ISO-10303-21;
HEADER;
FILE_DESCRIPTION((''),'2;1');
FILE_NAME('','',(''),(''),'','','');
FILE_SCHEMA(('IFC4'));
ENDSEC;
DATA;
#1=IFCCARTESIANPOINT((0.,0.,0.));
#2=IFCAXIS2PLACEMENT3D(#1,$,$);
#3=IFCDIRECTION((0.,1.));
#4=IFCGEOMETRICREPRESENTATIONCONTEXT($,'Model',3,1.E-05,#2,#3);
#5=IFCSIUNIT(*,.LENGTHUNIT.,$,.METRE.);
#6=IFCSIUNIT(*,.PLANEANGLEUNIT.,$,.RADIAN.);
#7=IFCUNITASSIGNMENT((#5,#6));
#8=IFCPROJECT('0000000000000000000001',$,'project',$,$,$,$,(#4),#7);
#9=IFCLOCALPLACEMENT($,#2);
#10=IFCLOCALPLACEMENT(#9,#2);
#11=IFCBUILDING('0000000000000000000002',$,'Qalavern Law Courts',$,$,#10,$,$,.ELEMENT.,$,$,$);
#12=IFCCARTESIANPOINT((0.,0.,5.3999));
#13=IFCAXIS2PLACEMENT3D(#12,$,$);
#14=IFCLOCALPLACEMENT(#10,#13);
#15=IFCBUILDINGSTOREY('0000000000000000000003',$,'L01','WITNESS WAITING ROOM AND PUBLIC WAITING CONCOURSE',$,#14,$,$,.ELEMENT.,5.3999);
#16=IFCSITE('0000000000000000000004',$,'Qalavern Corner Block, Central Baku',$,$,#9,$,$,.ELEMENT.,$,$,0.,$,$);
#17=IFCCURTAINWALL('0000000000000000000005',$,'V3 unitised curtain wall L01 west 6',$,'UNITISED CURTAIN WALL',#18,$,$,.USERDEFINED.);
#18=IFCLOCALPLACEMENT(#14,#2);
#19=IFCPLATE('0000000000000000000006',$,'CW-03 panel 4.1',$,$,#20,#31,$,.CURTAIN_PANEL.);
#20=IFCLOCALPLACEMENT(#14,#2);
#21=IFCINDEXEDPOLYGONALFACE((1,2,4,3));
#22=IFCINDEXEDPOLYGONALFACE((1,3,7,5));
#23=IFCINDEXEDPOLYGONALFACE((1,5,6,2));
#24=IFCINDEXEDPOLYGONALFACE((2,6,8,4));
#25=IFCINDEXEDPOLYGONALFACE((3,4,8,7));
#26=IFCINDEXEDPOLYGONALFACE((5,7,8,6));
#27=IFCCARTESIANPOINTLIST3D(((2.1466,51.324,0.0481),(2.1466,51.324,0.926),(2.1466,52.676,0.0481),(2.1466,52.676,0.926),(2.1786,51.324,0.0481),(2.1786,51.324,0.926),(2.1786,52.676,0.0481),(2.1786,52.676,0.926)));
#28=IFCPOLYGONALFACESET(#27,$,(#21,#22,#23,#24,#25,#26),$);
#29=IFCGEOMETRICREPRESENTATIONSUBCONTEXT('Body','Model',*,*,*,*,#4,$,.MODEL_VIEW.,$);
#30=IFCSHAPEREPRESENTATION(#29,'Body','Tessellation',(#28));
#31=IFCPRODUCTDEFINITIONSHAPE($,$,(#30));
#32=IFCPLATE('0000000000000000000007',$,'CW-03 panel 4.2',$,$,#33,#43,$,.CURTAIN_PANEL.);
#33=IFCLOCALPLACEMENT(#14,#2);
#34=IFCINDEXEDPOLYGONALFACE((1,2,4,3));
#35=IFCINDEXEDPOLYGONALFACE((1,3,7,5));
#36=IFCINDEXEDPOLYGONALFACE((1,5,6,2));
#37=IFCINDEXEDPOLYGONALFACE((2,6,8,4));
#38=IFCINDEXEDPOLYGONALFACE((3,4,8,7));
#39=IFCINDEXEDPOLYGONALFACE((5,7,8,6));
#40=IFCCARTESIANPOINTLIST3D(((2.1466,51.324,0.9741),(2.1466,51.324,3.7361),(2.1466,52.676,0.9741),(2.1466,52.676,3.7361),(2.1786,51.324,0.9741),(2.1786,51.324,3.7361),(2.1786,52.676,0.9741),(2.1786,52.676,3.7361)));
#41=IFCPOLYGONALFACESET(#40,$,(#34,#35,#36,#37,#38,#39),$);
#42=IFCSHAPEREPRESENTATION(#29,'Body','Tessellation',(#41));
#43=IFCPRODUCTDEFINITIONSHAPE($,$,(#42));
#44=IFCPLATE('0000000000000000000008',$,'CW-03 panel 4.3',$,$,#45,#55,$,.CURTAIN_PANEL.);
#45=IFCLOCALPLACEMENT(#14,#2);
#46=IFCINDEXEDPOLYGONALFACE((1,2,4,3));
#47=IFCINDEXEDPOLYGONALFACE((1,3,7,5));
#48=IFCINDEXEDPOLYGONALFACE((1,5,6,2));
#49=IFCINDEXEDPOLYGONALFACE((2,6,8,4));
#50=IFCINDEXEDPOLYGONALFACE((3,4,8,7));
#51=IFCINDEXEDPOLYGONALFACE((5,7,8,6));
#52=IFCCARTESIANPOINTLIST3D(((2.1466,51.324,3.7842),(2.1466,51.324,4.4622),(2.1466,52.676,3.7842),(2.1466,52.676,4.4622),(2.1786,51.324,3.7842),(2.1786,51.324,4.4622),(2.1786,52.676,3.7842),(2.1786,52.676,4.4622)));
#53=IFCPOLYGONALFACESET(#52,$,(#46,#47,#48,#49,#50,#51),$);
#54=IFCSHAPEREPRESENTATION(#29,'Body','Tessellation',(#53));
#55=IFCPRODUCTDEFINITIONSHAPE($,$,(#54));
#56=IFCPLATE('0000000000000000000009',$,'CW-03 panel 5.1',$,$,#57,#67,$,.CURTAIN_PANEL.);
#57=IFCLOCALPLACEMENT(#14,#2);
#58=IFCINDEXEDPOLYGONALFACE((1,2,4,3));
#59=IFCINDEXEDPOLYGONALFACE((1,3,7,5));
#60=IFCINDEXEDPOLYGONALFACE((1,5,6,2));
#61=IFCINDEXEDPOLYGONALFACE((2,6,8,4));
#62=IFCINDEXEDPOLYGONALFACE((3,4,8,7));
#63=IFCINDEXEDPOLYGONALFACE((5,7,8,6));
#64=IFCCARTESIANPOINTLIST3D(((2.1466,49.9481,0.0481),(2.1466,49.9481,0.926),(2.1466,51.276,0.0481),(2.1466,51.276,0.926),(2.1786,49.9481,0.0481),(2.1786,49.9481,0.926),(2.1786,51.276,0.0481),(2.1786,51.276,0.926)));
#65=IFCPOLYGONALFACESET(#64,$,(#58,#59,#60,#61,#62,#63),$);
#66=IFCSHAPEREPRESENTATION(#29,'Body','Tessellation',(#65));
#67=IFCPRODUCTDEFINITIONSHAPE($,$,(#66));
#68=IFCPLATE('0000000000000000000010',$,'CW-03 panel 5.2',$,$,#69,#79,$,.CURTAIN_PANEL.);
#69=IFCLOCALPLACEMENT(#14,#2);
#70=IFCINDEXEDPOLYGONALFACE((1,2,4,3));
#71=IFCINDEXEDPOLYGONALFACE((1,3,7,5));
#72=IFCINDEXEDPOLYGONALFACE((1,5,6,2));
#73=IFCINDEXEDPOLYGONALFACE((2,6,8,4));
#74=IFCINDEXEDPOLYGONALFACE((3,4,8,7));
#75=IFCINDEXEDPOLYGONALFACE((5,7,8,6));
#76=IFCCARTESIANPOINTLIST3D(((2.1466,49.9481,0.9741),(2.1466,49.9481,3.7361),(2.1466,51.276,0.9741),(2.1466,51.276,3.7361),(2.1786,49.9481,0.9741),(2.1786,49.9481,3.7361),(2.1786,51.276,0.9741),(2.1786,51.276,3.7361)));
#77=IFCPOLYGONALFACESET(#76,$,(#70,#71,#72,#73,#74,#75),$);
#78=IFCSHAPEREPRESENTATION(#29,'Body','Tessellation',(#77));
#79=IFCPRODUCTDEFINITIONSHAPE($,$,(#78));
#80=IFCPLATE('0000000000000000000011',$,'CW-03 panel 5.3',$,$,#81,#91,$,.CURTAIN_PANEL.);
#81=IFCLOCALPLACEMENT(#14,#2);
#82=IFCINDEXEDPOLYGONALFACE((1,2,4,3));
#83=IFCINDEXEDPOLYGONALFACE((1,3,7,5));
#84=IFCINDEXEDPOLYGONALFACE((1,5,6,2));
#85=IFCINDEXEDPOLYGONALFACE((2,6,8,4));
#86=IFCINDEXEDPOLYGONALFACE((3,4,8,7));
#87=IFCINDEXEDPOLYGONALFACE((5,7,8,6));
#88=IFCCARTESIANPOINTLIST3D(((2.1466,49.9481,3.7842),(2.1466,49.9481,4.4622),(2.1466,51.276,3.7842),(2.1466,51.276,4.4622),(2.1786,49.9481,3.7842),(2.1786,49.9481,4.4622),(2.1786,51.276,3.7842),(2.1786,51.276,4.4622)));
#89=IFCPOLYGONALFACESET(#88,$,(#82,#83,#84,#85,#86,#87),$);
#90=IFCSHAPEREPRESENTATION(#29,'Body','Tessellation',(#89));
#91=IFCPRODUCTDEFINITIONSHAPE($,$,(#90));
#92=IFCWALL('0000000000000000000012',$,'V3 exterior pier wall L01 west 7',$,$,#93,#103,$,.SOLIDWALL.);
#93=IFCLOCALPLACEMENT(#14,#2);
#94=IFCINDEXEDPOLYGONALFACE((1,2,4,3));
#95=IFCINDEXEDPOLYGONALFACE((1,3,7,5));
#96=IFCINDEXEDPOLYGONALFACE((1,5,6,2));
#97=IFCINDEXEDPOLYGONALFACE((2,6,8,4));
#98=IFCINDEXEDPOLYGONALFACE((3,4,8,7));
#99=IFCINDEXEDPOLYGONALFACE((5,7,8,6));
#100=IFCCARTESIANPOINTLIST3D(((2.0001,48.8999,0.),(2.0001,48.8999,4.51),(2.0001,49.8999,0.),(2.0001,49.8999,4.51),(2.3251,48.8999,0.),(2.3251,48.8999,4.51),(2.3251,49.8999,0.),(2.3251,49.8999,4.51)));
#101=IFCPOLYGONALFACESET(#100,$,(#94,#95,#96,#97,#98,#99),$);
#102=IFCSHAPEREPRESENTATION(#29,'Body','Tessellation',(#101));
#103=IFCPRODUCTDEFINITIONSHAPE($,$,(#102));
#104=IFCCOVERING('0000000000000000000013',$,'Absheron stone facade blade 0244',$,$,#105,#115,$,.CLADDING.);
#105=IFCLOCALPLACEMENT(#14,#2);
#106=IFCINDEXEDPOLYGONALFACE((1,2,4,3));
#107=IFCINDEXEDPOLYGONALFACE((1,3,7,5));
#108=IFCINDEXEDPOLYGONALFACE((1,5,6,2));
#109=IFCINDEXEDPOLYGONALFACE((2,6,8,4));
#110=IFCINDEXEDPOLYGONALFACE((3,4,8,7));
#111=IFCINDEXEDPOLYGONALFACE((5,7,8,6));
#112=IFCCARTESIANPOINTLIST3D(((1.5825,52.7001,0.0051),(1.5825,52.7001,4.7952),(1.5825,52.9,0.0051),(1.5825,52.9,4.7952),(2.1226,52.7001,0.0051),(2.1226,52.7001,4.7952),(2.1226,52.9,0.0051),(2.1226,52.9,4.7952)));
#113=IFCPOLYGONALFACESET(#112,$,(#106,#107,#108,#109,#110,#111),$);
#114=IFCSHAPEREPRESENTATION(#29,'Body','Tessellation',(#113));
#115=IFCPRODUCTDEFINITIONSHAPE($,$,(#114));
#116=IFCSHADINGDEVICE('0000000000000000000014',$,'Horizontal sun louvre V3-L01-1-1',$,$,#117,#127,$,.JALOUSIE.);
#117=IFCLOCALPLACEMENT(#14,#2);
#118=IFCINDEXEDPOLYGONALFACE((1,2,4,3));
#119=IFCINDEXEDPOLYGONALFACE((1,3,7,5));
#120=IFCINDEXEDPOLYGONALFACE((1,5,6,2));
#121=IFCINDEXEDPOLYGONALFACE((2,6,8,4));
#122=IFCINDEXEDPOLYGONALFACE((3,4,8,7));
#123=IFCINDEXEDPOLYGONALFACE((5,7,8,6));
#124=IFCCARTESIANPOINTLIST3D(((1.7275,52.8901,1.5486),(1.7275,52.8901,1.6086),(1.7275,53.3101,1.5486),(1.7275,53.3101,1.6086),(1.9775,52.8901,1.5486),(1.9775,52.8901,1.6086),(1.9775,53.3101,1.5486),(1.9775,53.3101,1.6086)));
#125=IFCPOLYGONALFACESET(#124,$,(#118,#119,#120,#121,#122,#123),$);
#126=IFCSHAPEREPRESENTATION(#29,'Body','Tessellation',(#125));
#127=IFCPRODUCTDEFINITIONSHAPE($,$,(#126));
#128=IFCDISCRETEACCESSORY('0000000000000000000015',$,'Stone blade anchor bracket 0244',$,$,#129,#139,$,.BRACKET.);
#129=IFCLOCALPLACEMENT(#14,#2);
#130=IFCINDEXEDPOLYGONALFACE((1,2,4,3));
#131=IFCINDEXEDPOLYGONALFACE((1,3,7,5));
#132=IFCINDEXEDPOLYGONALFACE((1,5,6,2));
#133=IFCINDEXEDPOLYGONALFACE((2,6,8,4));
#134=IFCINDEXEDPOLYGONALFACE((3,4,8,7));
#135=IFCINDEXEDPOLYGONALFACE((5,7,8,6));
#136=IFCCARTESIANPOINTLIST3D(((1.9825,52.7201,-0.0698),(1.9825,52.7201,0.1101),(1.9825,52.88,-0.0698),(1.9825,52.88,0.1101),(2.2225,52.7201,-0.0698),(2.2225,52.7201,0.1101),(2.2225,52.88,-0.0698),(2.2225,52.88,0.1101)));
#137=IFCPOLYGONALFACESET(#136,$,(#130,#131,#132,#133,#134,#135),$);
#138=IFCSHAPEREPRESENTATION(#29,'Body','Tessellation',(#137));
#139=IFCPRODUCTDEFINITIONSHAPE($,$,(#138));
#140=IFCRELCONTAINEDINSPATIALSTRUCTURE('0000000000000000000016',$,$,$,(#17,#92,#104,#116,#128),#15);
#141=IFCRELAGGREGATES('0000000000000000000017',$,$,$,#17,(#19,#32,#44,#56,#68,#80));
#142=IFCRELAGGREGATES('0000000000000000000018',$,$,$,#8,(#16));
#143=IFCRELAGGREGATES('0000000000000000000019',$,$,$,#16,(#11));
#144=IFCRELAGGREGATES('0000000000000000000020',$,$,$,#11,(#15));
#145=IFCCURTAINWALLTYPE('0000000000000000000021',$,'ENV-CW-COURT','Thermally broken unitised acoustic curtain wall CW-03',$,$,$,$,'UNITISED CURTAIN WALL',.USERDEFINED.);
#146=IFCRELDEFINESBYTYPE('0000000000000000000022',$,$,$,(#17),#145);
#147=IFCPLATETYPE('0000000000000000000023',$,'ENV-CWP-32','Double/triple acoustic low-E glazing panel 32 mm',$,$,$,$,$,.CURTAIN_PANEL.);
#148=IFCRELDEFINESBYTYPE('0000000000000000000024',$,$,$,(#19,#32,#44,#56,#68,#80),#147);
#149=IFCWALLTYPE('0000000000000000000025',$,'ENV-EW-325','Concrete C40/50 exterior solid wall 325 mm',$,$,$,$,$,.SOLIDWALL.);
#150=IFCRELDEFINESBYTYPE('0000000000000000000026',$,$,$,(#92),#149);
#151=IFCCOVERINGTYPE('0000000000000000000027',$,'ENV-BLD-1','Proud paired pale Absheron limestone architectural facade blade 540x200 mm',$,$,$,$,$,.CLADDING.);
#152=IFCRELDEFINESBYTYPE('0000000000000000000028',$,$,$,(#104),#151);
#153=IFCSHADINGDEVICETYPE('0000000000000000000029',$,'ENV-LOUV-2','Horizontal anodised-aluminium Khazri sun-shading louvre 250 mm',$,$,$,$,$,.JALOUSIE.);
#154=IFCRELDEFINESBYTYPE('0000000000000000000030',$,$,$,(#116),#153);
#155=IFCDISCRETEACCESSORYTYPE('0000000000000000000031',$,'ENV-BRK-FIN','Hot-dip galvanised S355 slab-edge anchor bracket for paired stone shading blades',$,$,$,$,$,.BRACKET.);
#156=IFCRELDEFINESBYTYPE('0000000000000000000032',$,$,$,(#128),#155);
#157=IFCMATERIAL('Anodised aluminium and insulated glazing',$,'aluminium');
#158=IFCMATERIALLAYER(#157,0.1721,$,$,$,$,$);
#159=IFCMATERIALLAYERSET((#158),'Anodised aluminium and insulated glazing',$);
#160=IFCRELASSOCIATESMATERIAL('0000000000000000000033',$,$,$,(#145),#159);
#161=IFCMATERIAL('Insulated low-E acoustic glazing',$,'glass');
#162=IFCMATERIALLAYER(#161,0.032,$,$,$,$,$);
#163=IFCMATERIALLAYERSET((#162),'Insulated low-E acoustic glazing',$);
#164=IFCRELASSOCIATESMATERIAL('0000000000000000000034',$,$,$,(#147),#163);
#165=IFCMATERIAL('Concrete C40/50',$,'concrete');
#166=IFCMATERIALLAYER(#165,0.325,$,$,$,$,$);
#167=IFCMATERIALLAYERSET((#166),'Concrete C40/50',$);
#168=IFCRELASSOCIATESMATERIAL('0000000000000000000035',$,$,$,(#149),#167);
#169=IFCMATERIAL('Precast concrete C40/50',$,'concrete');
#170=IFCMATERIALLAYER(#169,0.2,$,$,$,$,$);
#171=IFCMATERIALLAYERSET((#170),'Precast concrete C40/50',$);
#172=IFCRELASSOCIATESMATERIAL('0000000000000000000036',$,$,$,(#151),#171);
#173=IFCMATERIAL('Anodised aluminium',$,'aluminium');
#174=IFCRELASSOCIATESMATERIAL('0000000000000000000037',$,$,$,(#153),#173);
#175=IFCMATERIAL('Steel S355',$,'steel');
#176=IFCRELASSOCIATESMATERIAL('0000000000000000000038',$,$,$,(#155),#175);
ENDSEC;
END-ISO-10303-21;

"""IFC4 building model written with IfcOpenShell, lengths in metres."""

from ifc_helpers import new_model, si_unit, direction, frame, frame_2d, origin, origin_2d, place, context, subcontext, project, spatial, rectangle, extrude, material, layer, layer_set, type_object, element, aggregate, save


model = new_model("IFC4")

# Units and contexts
model_context = context("Model", 3, precision=1e-05, world=origin(), true_north=direction((0.0, 1.0)))
body_context = subcontext(model_context, "Body", "Model", "MODEL_VIEW")
ifc_project = project(units=[si_unit("LENGTHUNIT", "METRE"), si_unit("PLANEANGLEUNIT", "RADIAN")], contexts=[model_context])

# Site, building, storey
site_placement = place(None, origin())
site = spatial("IfcSite", under=ifc_project, at=site_placement, Name="Qalavern Corner Block, Central Baku", CompositionType="ELEMENT", RefElevation=0.0)
building_placement = place(site_placement, origin())
building = spatial("IfcBuilding", under=site, at=building_placement, Name="Qalavern Law Courts", CompositionType="ELEMENT")
storey_placement = place(building_placement, frame((0.0, 0.0, 5.3999)))
storey = spatial("IfcBuildingStorey", under=building, at=storey_placement, Name="L01", Description="WITNESS WAITING ROOM AND PUBLIC WAITING CONCOURSE", CompositionType="ELEMENT", Elevation=5.3999)

# Curtain wall, plates
ifc_material_1 = material(Name="Anodised aluminium and insulated glazing", Category="aluminium")
ifc_layer_1 = layer(ifc_material_1, 0.1721)
ifc_layer_set_1 = layer_set([ifc_layer_1], Name="Anodised aluminium and insulated glazing")
curtain_wall_type = type_object("IfcCurtainWallType", Name="ENV-CW-COURT", Description="Thermally broken unitised acoustic curtain wall CW-03", ElementType="UNITISED CURTAIN WALL", PredefinedType="USERDEFINED", material=ifc_layer_set_1)
curtain_wall_placement = place(storey_placement, origin())
curtain_wall = element("IfcCurtainWall", 1, at=curtain_wall_placement, inside=storey, type_object=curtain_wall_type, Name="V3 unitised curtain wall L01 west 6", ObjectType="UNITISED CURTAIN WALL", PredefinedType="USERDEFINED")
ifc_material_2 = material(Name="Anodised aluminium", Category="aluminium")
ifc_material_3 = material(Name="Insulated low-E acoustic glazing", Category="glass")
ifc_layer_2 = layer(ifc_material_3, 0.032)
ifc_layer_set_2 = layer_set([ifc_layer_2], Name="Insulated low-E acoustic glazing")
plate_type = type_object("IfcPlateType", Name="ENV-CWP-32", Description="Double/triple acoustic low-E glazing panel 32 mm", PredefinedType="CURTAIN_PANEL", material=ifc_layer_set_2)
plate_1_placement = place(storey_placement, frame((2.1626, 52.0, 0.0481), z_axis=(0.0, 0.0, 1.0), x_axis=(0.0, -1.0, 0.0)))
plate_1 = element("IfcPlate", 2, at=plate_1_placement, type_object=plate_type, Name="CW-03 panel 4.1", PredefinedType="CURTAIN_PANEL", context=body_context, shape_type="SweptSolid", body=[
    extrude(rectangle(XDim=1.3521, YDim=0.032, at=origin_2d()), origin(), (0.0, 0.0, 1.0), 0.8779),
])
plate_2_placement = place(storey_placement, frame((2.1626, 52.0, 0.9741), z_axis=(0.0, 0.0, 1.0), x_axis=(0.0, -1.0, 0.0)))
plate_2 = element("IfcPlate", 3, at=plate_2_placement, type_object=plate_type, Name="CW-03 panel 4.2", PredefinedType="CURTAIN_PANEL", context=body_context, shape_type="SweptSolid", body=[
    extrude(rectangle(XDim=1.3521, YDim=0.032, at=origin_2d()), origin(), (0.0, 0.0, 1.0), 2.762),
])
plate_3_placement = place(storey_placement, frame((2.1626, 52.0, 3.7842), z_axis=(0.0, 0.0, 1.0), x_axis=(0.0, -1.0, 0.0)))
plate_3 = element("IfcPlate", 4, at=plate_3_placement, type_object=plate_type, Name="CW-03 panel 4.3", PredefinedType="CURTAIN_PANEL", context=body_context, shape_type="SweptSolid", body=[
    extrude(rectangle(XDim=1.3521, YDim=0.032, at=origin_2d()), origin(), (0.0, 0.0, 1.0), 0.678),
])
plate_4_placement = place(storey_placement, frame((2.1626, 50.6121, 0.0481), z_axis=(0.0, 0.0, 1.0), x_axis=(0.0, -1.0, 0.0)))
plate_4 = element("IfcPlate", 5, at=plate_4_placement, type_object=plate_type, Name="CW-03 panel 5.1", PredefinedType="CURTAIN_PANEL", context=body_context, shape_type="SweptSolid", body=[
    extrude(rectangle(XDim=1.3279, YDim=0.032, at=origin_2d()), origin(), (0.0, 0.0, 1.0), 0.8779),
])
plate_5_placement = place(storey_placement, frame((2.1626, 50.6121, 0.9741), z_axis=(0.0, 0.0, 1.0), x_axis=(0.0, -1.0, 0.0)))
plate_5 = element("IfcPlate", 6, at=plate_5_placement, type_object=plate_type, Name="CW-03 panel 5.2", PredefinedType="CURTAIN_PANEL", context=body_context, shape_type="SweptSolid", body=[
    extrude(rectangle(XDim=1.3279, YDim=0.032, at=origin_2d()), origin(), (0.0, 0.0, 1.0), 2.762),
])
plate_6_placement = place(storey_placement, frame((2.1626, 50.6121, 3.7842), z_axis=(0.0, 0.0, 1.0), x_axis=(0.0, -1.0, 0.0)))
plate_6 = element("IfcPlate", 7, at=plate_6_placement, type_object=plate_type, Name="CW-03 panel 5.3", PredefinedType="CURTAIN_PANEL", context=body_context, shape_type="SweptSolid", body=[
    extrude(rectangle(XDim=1.3279, YDim=0.032, at=origin_2d()), origin(), (0.0, 0.0, 1.0), 0.678),
])
aggregate(curtain_wall, [plate_1, plate_2, plate_3, plate_4, plate_5, plate_6])

# Wall
ifc_material_4 = material(Name="Concrete C40/50", Category="concrete")
ifc_layer_3 = layer(ifc_material_4, 0.325)
ifc_layer_set_3 = layer_set([ifc_layer_3], Name="Concrete C40/50")
wall_type = type_object("IfcWallType", Name="ENV-EW-325", Description="Concrete C40/50 exterior solid wall 325 mm", PredefinedType="SOLIDWALL", material=ifc_layer_set_3)
wall_placement = place(storey_placement, frame((2.1626, 49.8999, 0.0), z_axis=(0.0, 0.0, 1.0), x_axis=(0.0, -1.0, 0.0)))
element("IfcWall", 8, at=wall_placement, inside=storey, type_object=wall_type, Name="V3 exterior pier wall L01 west 7", PredefinedType="SOLIDWALL", context=body_context, shape_type="SweptSolid", body=[
    extrude(rectangle(XDim=1.0, YDim=0.325, at=frame_2d((0.5, 0.0))), origin(), (0.0, 0.0, 1.0), 4.51),
])

# Covering
ifc_material_5 = material(Name="Precast concrete C40/50", Category="concrete")
ifc_layer_4 = layer(ifc_material_5, 0.2)
ifc_layer_set_4 = layer_set([ifc_layer_4], Name="Precast concrete C40/50")
covering_type = type_object("IfcCoveringType", Name="ENV-BLD-1", Description="Proud paired pale Absheron limestone architectural facade blade 540x200 mm", PredefinedType="CLADDING", material=ifc_layer_set_4)
covering_placement = place(storey_placement, frame((1.8525, 52.8, 0.0051), z_axis=(0.0, 0.0, 1.0), x_axis=(-1.0, 0.0, 0.0)))
element("IfcCovering", 9, at=covering_placement, inside=storey, type_object=covering_type, Name="Absheron stone facade blade 0244", PredefinedType="CLADDING", context=body_context, shape_type="SweptSolid", body=[
    extrude(rectangle(XDim=0.54, YDim=0.2, at=origin_2d()), origin(), (0.0, 0.0, 1.0), 4.79),
])

# Shading device
shading_device_type = type_object("IfcShadingDeviceType", Name="ENV-LOUV-2", Description="Horizontal anodised-aluminium Khazri sun-shading louvre 250 mm", PredefinedType="JALOUSIE", material=ifc_material_2)
shading_device_placement = place(storey_placement, frame((1.8525, 53.1001, 1.5486), z_axis=(0.0, 0.0, 1.0), x_axis=(0.0, -1.0, 0.0)))
element("IfcShadingDevice", 10, at=shading_device_placement, inside=storey, type_object=shading_device_type, Name="Horizontal sun louvre V3-L01-1-1", PredefinedType="JALOUSIE", context=body_context, shape_type="SweptSolid", body=[
    extrude(rectangle(XDim=0.4199, YDim=0.25, at=origin_2d()), origin(), (0.0, 0.0, 1.0), 0.0601),
])

# Discrete accessory
ifc_material_6 = material(Name="Steel S355", Category="steel")
discrete_accessory_type = type_object("IfcDiscreteAccessoryType", Name="ENV-BRK-FIN", Description="Hot-dip galvanised S355 slab-edge anchor bracket for paired stone shading blades", PredefinedType="BRACKET", material=ifc_material_6)
discrete_accessory_placement = place(storey_placement, frame((2.1025, 52.8, -0.0698), z_axis=(0.0, 0.0, 1.0), x_axis=(-1.0, 0.0, 0.0)))
element("IfcDiscreteAccessory", 11, at=discrete_accessory_placement, inside=storey, type_object=discrete_accessory_type, Name="Stone blade anchor bracket 0244", PredefinedType="BRACKET", context=body_context, shape_type="SweptSolid", body=[
    extrude(rectangle(XDim=0.24, YDim=0.1599, at=origin_2d()), origin(), (0.0, 0.0, 1.0), 0.1799),
])

save(model, "model.ifc")
